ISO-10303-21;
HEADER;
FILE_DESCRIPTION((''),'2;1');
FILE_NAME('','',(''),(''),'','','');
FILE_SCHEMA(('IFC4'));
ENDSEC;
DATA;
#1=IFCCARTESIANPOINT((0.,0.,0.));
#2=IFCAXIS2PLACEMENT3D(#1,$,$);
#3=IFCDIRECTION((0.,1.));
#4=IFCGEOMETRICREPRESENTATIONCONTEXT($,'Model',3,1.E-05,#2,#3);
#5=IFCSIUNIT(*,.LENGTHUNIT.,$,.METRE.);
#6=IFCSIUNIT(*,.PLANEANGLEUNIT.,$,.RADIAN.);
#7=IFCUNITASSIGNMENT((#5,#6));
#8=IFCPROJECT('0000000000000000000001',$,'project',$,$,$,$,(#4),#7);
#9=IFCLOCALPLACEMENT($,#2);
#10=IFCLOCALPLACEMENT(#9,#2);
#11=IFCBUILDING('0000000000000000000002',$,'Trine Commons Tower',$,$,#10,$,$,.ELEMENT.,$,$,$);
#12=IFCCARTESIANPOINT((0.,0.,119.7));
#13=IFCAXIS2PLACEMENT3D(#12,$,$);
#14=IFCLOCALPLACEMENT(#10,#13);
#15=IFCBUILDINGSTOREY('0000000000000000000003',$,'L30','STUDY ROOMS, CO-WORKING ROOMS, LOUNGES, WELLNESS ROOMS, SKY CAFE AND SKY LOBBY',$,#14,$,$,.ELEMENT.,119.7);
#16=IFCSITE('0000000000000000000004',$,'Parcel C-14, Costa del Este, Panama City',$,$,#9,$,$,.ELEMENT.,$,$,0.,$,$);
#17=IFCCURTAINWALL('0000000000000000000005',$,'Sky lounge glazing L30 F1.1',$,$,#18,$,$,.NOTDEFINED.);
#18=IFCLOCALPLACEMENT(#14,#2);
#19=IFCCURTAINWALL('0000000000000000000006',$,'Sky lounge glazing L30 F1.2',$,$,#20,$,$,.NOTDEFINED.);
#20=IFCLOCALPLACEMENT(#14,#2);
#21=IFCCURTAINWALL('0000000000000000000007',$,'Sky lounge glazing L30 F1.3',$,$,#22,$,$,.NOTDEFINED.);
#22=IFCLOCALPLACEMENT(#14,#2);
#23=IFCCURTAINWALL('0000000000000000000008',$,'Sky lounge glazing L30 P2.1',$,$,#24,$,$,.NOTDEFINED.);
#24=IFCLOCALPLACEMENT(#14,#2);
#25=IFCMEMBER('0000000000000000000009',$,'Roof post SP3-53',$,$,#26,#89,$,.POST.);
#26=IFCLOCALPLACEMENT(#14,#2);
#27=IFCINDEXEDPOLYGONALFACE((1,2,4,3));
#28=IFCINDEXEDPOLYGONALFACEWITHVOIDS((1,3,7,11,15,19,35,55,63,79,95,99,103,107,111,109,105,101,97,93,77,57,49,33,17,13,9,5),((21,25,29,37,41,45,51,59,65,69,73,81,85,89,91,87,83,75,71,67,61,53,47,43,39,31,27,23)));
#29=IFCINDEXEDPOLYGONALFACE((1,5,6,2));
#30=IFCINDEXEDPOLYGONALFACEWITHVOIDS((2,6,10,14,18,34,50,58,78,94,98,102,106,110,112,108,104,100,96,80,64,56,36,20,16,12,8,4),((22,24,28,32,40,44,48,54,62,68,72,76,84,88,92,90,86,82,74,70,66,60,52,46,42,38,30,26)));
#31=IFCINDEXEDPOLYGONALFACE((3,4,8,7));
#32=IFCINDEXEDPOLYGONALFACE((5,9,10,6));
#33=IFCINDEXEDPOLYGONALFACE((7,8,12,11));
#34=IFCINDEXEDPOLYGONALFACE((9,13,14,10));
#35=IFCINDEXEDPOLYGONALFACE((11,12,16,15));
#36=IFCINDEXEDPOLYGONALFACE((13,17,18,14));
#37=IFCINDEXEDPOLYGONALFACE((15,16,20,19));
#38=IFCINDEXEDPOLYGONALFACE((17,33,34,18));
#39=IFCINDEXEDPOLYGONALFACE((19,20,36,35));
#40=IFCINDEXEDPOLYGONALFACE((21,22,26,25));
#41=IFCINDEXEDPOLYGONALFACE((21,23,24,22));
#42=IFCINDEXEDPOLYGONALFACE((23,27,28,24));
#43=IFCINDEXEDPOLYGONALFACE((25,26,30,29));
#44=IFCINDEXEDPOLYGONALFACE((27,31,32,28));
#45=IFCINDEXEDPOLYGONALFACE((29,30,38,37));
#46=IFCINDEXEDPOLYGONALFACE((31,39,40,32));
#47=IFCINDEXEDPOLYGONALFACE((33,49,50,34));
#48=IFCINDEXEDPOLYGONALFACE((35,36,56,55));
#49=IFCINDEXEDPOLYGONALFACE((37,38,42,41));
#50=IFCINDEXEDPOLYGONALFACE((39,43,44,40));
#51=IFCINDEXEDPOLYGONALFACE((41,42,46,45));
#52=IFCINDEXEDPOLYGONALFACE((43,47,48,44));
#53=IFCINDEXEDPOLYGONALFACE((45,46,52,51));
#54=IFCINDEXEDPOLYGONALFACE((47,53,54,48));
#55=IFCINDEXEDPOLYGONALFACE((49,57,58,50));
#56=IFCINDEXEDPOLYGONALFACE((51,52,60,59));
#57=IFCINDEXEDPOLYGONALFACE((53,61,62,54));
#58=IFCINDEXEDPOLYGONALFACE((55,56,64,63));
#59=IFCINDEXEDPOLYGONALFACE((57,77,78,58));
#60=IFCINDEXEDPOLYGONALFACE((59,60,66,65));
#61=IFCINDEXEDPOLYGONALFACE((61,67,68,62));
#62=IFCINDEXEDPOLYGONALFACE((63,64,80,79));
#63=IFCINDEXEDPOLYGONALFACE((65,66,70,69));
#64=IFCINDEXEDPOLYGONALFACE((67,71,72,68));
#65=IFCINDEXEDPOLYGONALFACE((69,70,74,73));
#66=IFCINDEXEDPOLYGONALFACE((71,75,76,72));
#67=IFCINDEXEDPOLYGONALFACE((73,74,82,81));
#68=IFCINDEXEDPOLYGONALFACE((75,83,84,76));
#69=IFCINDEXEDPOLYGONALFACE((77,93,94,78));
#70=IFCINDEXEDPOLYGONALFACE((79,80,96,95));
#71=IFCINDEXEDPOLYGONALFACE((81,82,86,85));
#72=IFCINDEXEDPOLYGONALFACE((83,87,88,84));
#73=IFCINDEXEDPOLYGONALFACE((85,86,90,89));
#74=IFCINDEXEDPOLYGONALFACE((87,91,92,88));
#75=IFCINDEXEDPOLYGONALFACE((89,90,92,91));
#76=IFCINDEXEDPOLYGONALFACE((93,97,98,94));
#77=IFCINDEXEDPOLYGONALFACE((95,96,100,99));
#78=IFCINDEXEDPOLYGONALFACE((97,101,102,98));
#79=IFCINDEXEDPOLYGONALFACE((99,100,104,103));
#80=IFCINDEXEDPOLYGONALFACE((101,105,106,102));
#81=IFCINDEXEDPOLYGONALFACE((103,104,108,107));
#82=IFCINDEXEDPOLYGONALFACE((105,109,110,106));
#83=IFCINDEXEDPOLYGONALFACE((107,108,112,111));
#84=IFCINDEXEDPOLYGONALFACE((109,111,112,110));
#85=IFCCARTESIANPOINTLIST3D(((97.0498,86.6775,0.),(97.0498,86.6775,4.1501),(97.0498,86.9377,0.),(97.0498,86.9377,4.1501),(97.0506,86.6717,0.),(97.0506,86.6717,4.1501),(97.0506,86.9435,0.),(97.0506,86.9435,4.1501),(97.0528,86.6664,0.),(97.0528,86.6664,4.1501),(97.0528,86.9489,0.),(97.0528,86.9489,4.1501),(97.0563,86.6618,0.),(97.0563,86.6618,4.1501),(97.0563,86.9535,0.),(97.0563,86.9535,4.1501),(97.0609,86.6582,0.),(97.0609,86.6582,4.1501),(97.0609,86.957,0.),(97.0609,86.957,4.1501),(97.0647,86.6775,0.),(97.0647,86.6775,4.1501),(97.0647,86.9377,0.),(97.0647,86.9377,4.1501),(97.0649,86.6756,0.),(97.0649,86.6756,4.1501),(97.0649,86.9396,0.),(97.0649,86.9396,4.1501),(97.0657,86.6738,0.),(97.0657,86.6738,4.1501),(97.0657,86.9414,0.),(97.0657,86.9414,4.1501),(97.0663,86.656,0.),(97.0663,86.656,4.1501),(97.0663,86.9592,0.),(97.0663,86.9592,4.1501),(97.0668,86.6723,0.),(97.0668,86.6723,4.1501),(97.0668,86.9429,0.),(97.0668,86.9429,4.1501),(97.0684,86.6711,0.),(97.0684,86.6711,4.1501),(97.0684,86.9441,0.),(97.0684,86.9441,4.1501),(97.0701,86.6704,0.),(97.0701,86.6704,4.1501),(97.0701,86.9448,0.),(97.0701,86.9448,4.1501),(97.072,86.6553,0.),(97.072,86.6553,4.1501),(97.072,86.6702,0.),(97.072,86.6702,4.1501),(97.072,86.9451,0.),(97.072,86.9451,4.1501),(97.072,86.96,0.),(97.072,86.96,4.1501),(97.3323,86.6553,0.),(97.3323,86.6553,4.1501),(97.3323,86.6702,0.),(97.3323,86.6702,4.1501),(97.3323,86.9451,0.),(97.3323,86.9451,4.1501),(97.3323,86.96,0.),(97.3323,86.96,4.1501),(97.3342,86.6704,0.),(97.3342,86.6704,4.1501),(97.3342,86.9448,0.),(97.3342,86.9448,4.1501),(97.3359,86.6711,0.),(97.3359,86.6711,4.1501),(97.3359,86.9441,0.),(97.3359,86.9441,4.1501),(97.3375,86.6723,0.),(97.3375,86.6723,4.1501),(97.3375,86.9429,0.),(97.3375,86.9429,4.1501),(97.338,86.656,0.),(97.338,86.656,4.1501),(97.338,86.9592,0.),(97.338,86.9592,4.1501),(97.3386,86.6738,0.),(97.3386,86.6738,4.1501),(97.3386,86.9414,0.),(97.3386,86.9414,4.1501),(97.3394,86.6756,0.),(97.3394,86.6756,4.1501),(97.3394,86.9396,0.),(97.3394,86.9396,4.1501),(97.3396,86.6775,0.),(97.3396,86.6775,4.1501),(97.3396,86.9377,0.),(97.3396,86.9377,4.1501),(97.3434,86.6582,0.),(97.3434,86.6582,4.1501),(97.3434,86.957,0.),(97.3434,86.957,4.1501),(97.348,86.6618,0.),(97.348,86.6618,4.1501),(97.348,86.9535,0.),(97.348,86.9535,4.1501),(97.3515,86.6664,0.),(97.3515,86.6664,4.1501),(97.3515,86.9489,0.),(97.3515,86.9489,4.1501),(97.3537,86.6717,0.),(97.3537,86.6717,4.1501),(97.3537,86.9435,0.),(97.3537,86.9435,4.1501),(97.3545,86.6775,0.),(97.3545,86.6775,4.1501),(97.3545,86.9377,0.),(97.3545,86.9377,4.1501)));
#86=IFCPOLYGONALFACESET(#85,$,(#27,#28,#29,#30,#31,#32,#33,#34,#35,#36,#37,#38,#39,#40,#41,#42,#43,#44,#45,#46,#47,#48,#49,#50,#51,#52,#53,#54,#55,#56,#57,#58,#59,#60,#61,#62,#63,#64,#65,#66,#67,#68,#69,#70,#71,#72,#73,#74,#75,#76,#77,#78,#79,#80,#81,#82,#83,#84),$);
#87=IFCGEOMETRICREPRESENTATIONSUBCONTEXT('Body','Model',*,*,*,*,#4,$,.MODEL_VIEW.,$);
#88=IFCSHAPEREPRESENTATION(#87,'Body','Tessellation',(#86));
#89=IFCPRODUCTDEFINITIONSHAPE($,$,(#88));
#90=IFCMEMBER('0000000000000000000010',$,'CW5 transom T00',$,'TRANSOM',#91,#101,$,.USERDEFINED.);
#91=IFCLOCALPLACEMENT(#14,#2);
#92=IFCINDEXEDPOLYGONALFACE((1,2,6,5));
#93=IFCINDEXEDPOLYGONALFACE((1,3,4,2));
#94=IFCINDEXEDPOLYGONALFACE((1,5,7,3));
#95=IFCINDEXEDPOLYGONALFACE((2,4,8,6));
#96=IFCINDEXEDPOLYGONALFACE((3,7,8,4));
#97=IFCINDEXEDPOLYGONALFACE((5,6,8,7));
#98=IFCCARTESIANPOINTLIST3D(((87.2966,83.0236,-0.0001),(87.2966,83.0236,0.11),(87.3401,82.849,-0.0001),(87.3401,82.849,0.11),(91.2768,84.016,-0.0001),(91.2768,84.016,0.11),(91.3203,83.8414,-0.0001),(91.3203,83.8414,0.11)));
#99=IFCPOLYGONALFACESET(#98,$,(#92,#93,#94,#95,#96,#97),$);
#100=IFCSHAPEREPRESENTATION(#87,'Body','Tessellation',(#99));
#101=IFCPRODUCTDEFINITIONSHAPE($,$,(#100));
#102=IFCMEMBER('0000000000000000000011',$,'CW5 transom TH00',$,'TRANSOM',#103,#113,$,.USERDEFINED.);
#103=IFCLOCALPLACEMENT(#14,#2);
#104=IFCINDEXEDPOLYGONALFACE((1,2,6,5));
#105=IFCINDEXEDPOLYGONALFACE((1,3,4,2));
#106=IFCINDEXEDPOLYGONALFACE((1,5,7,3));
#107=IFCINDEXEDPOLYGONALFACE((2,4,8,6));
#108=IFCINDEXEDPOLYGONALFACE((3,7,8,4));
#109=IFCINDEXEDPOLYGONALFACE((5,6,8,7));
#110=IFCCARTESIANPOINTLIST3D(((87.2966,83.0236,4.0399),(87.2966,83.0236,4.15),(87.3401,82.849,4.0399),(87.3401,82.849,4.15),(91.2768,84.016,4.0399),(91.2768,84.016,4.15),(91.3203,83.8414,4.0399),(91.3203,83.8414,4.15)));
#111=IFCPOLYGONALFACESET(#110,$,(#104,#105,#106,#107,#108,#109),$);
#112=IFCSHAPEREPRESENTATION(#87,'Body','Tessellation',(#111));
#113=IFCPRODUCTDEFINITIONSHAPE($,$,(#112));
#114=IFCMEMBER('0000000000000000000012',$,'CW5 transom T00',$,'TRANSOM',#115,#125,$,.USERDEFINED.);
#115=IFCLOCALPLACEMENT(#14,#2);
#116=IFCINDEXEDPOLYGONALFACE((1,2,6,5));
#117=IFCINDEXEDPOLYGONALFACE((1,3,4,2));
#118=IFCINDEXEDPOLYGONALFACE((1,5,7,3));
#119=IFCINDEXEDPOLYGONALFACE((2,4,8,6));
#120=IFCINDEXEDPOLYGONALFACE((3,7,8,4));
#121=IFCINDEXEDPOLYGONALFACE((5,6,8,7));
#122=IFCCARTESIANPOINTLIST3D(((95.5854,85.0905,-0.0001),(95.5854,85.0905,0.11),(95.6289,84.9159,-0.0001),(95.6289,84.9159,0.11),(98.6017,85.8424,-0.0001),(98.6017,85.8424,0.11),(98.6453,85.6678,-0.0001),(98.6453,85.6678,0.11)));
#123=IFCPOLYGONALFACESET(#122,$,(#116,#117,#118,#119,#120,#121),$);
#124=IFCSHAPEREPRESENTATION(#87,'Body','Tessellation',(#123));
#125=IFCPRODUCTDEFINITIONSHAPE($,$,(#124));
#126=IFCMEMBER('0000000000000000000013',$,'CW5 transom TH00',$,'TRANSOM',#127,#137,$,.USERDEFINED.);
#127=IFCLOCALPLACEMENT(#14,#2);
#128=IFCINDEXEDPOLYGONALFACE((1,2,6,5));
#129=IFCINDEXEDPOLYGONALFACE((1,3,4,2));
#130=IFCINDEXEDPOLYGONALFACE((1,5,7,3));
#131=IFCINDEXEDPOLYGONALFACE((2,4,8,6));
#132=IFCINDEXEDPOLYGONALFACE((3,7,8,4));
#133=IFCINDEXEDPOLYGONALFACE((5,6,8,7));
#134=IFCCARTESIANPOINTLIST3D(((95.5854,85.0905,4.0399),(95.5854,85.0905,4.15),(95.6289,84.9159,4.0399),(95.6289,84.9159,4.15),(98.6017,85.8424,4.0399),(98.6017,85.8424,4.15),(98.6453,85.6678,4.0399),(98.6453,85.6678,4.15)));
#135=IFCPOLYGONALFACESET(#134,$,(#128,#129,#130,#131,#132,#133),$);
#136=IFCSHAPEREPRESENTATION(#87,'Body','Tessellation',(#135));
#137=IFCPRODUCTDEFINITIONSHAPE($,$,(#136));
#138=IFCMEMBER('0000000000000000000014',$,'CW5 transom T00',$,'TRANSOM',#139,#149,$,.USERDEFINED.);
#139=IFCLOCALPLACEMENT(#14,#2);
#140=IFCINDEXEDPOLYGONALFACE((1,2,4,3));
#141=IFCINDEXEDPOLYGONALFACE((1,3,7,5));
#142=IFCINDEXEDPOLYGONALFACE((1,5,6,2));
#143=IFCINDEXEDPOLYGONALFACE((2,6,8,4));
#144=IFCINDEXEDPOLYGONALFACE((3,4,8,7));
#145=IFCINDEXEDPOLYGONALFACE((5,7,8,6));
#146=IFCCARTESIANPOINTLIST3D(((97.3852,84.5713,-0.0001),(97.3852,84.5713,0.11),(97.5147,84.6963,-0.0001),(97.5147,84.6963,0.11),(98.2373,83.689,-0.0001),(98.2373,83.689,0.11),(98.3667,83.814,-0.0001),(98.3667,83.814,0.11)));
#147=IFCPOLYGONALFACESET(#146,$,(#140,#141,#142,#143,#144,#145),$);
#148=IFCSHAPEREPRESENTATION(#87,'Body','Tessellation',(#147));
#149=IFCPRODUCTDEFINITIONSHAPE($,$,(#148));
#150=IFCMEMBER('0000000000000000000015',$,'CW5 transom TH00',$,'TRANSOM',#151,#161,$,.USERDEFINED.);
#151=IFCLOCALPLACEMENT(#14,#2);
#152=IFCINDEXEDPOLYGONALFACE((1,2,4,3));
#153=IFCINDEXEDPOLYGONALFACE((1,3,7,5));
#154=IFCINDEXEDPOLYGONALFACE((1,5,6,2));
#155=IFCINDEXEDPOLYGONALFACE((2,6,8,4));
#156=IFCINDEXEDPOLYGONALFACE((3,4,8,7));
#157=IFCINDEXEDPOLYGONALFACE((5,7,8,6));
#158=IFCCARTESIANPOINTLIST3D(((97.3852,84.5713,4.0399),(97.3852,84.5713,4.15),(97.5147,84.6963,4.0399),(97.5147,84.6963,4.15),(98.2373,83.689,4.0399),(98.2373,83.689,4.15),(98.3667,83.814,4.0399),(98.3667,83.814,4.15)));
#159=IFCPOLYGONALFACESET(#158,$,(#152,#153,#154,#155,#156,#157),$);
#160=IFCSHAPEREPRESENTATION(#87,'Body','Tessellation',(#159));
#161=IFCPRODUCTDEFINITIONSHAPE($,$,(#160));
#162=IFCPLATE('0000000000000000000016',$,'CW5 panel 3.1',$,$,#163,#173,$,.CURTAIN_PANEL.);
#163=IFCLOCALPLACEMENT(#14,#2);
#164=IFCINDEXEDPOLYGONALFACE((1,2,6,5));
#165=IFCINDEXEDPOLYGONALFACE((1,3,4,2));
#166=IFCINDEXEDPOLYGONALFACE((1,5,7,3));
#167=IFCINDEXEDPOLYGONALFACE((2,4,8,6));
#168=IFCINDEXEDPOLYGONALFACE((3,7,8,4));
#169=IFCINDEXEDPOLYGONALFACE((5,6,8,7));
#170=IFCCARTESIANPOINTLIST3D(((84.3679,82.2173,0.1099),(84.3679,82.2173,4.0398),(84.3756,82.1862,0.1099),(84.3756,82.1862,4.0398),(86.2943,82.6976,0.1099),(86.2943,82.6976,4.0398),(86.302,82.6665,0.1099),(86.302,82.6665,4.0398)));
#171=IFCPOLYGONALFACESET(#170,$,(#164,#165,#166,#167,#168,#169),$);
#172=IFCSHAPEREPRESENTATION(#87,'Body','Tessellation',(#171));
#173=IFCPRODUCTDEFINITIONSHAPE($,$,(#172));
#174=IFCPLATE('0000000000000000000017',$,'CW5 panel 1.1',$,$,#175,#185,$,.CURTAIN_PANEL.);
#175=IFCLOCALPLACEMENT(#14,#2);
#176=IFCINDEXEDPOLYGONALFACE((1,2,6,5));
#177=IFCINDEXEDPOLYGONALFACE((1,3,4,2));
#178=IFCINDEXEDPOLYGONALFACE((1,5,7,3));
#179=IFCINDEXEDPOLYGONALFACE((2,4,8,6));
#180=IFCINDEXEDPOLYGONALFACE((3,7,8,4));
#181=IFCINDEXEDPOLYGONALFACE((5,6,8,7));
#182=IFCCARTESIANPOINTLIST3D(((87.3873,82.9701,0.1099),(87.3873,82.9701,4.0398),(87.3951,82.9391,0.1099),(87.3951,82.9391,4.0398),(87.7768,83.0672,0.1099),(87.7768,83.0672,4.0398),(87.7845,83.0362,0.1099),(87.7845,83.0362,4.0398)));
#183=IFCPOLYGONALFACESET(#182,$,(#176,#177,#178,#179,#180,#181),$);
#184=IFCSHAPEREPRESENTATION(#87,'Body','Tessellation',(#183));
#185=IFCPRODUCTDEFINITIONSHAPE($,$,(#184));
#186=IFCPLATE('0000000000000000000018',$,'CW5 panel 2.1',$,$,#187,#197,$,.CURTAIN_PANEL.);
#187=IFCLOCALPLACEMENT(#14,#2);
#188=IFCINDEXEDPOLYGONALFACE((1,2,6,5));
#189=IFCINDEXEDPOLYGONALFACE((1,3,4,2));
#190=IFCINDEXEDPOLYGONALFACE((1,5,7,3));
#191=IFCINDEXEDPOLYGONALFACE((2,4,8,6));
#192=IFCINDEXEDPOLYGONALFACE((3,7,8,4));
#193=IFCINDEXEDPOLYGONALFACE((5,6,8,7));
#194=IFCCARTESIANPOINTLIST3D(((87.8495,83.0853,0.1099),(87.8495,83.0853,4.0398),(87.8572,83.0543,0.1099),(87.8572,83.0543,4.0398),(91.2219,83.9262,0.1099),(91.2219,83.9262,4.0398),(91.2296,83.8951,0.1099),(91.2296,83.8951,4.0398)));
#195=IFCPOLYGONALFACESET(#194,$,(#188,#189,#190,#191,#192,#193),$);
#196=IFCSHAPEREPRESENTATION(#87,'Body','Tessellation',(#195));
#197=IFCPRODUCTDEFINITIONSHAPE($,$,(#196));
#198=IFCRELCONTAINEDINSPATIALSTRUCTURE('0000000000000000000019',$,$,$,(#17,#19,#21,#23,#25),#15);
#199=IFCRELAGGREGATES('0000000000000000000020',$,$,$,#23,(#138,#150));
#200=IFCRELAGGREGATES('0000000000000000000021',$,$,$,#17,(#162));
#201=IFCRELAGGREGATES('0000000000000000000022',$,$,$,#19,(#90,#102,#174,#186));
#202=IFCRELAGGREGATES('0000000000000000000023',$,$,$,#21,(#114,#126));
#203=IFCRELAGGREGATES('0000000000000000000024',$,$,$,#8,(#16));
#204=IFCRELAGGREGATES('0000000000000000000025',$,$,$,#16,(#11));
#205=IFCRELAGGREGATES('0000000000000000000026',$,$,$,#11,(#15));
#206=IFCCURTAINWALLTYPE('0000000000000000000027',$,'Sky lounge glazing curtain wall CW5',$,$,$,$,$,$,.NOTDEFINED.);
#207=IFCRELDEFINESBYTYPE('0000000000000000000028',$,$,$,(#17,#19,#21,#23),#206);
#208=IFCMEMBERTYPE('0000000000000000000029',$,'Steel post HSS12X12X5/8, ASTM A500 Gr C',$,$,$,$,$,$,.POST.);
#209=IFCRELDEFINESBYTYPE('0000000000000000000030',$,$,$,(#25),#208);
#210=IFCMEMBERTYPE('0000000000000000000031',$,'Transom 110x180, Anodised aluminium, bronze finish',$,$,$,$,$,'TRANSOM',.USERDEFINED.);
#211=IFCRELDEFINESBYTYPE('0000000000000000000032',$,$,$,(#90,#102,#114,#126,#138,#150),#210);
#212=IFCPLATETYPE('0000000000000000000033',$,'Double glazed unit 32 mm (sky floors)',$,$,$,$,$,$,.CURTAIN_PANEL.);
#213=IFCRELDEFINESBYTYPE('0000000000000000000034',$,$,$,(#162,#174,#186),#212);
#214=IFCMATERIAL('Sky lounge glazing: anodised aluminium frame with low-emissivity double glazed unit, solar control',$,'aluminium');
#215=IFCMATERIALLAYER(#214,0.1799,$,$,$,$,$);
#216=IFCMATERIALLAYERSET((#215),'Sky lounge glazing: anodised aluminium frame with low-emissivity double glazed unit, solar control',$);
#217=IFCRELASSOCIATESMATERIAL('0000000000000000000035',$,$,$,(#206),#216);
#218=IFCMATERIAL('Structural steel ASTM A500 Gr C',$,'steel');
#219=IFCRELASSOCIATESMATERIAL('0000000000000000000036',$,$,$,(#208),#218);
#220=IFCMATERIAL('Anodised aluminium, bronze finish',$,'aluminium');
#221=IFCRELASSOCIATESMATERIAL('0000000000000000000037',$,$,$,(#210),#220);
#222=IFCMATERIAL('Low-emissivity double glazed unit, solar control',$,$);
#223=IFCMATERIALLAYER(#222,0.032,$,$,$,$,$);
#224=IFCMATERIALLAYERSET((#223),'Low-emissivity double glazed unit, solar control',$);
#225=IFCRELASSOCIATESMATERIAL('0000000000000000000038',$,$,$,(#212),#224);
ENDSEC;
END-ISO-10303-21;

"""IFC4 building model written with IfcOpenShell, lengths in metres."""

from ifc_helpers import new_model, si_unit, direction, frame, origin, origin_2d, place, context, subcontext, project, spatial, rectangle, hollow_rectangle, extrude, material, layer, layer_set, material_profile, profile_set, type_object, element, aggregate, save


model = new_model("IFC4")

# Units and contexts
model_context = context("Model", 3, precision=1e-05, world=origin(), true_north=direction((0.0, 1.0)))
body_context = subcontext(model_context, "Body", "Model", "MODEL_VIEW")
ifc_project = project(units=[si_unit("LENGTHUNIT", "METRE"), si_unit("PLANEANGLEUNIT", "RADIAN")], contexts=[model_context])

# Site, building, storey
site_placement = place(None, origin())
site = spatial("IfcSite", under=ifc_project, at=site_placement, Name="Parcel C-14, Costa del Este, Panama City", CompositionType="ELEMENT", RefElevation=0.0)
building_placement = place(site_placement, origin())
building = spatial("IfcBuilding", under=site, at=building_placement, Name="Trine Commons Tower", CompositionType="ELEMENT")
storey_placement = place(building_placement, frame((0.0, 0.0, 119.7)))
storey = spatial("IfcBuildingStorey", under=building, at=storey_placement, Name="L30", Description="STUDY ROOMS, CO-WORKING ROOMS, LOUNGES, WELLNESS ROOMS, SKY CAFE AND SKY LOBBY", CompositionType="ELEMENT", Elevation=119.7)

# Curtain wall
ifc_material_1 = material(Name="Sky lounge glazing: anodised aluminium frame with low-emissivity double glazed unit, solar control", Category="aluminium")
ifc_layer_1 = layer(ifc_material_1, 0.1799)
ifc_layer_set_1 = layer_set([ifc_layer_1], Name="Sky lounge glazing: anodised aluminium frame with low-emissivity double glazed unit, solar control")
curtain_wall_type = type_object("IfcCurtainWallType", Name="Sky lounge glazing curtain wall CW5", PredefinedType="NOTDEFINED", material=ifc_layer_set_1)
curtain_wall_1_placement = place(storey_placement, origin())
curtain_wall_1 = element("IfcCurtainWall", 1, at=curtain_wall_1_placement, inside=storey, type_object=curtain_wall_type, Name="Sky lounge glazing L30 F1.1", PredefinedType="NOTDEFINED")
ifc_material_2 = material(Name="Anodised aluminium, bronze finish", Category="aluminium")

# Curtain wall
curtain_wall_2_placement = place(storey_placement, origin())
curtain_wall_2 = element("IfcCurtainWall", 2, at=curtain_wall_2_placement, inside=storey, type_object=curtain_wall_type, Name="Sky lounge glazing L30 F1.2", PredefinedType="NOTDEFINED")

# Curtain walls
curtain_wall_3_placement = place(storey_placement, origin())
curtain_wall_3 = element("IfcCurtainWall", 3, at=curtain_wall_3_placement, inside=storey, type_object=curtain_wall_type, Name="Sky lounge glazing L30 F1.3", PredefinedType="NOTDEFINED")
curtain_wall_4_placement = place(storey_placement, origin())
curtain_wall_4 = element("IfcCurtainWall", 4, at=curtain_wall_4_placement, inside=storey, type_object=curtain_wall_type, Name="Sky lounge glazing L30 P2.1", PredefinedType="NOTDEFINED")

# Member
ifc_material_3 = material(Name="Structural steel ASTM A500 Gr C", Category="steel")
ifc_material_profile_1 = material_profile(ifc_material_3, hollow_rectangle(XDim=0.3047, YDim=0.3047, WallThickness=0.0149, InnerFilletRadius=0.0073, OuterFilletRadius=0.0222, at=origin_2d()), Name="HSS12X12X5/8")
ifc_profile_set_1 = profile_set([ifc_material_profile_1], Name="Structural steel ASTM A500 Gr C")
member_type_1 = type_object("IfcMemberType", Name="Steel post HSS12X12X5/8, ASTM A500 Gr C", PredefinedType="POST", material=ifc_profile_set_1)
member_1_placement = place(storey_placement, frame((97.2021, 86.8076, 0.0), z_axis=(0.0, 0.0, 1.0), x_axis=(1.0, 0.0, 0.0)))
element("IfcMember", 5, at=member_1_placement, inside=storey, type_object=member_type_1, Name="Roof post SP3-53", PredefinedType="POST", context=body_context, shape_type="SweptSolid", body=[
    extrude(hollow_rectangle(XDim=0.3047, YDim=0.3047, WallThickness=0.0149, InnerFilletRadius=0.0073, OuterFilletRadius=0.0222, at=origin_2d()), origin(), (0.0, 0.0, 1.0), 4.1501),
])

# Members
ifc_material_profile_2 = material_profile(ifc_material_2, rectangle(XDim=0.1799, YDim=0.1101, at=origin_2d()), Name="Transom 110x180")
ifc_profile_set_2 = profile_set([ifc_material_profile_2], Name="Anodised aluminium, bronze finish")
member_type_2 = type_object("IfcMemberType", Name="Transom 110x180, Anodised aluminium, bronze finish", ElementType="TRANSOM", PredefinedType="USERDEFINED", material=ifc_profile_set_2)
member_2_placement = place(storey_placement, frame((87.3184, 82.9363, 0.0549), z_axis=(0.970293, 0.241933, 0.0), x_axis=(-0.241933, 0.970293, 0.0)))
member_2 = element("IfcMember", 6, at=member_2_placement, type_object=member_type_2, Name="CW5 transom T00", ObjectType="TRANSOM", PredefinedType="USERDEFINED", context=body_context, shape_type="SweptSolid", body=[
    extrude(rectangle(XDim=0.1799, YDim=0.1101, at=origin_2d()), origin(), (0.0, 0.0, 1.0), 4.1021),
])
member_3_placement = place(storey_placement, frame((87.3184, 82.9363, 4.095), z_axis=(0.970293, 0.241933, 0.0), x_axis=(-0.241933, 0.970293, 0.0)))
member_3 = element("IfcMember", 7, at=member_3_placement, type_object=member_type_2, Name="CW5 transom TH00", ObjectType="TRANSOM", PredefinedType="USERDEFINED", context=body_context, shape_type="SweptSolid", body=[
    extrude(rectangle(XDim=0.1799, YDim=0.1101, at=origin_2d()), origin(), (0.0, 0.0, 1.0), 4.1021),
])
member_4_placement = place(storey_placement, frame((95.6072, 85.0032, 0.0549), z_axis=(0.970304, 0.241889, 0.0), x_axis=(-0.241889, 0.970304, 0.0)))
member_4 = element("IfcMember", 8, at=member_4_placement, type_object=member_type_2, Name="CW5 transom T00", ObjectType="TRANSOM", PredefinedType="USERDEFINED", context=body_context, shape_type="SweptSolid", body=[
    extrude(rectangle(XDim=0.1799, YDim=0.1101, at=origin_2d()), origin(), (0.0, 0.0, 1.0), 3.1086),
])
member_5_placement = place(storey_placement, frame((95.6072, 85.0032, 4.095), z_axis=(0.970304, 0.241889, 0.0), x_axis=(-0.241889, 0.970304, 0.0)))
member_5 = element("IfcMember", 9, at=member_5_placement, type_object=member_type_2, Name="CW5 transom TH00", ObjectType="TRANSOM", PredefinedType="USERDEFINED", context=body_context, shape_type="SweptSolid", body=[
    extrude(rectangle(XDim=0.1799, YDim=0.1101, at=origin_2d()), origin(), (0.0, 0.0, 1.0), 3.1086),
])
member_6_placement = place(storey_placement, frame((97.45, 84.6338, 0.0549), z_axis=(0.694658, -0.71934, 0.0), x_axis=(0.71934, 0.694658, 0.0)))
member_6 = element("IfcMember", 10, at=member_6_placement, type_object=member_type_2, Name="CW5 transom T00", ObjectType="TRANSOM", PredefinedType="USERDEFINED", context=body_context, shape_type="SweptSolid", body=[
    extrude(rectangle(XDim=0.1799, YDim=0.1101, at=origin_2d()), origin(), (0.0, 0.0, 1.0), 1.2266),
])
member_7_placement = place(storey_placement, frame((97.45, 84.6338, 4.095), z_axis=(0.694658, -0.71934, 0.0), x_axis=(0.71934, 0.694658, 0.0)))
member_7 = element("IfcMember", 11, at=member_7_placement, type_object=member_type_2, Name="CW5 transom TH00", ObjectType="TRANSOM", PredefinedType="USERDEFINED", context=body_context, shape_type="SweptSolid", body=[
    extrude(rectangle(XDim=0.1799, YDim=0.1101, at=origin_2d()), origin(), (0.0, 0.0, 1.0), 1.2266),
])
aggregate(curtain_wall_4, [member_6, member_7])

# Plates
ifc_material_4 = material(Name="Low-emissivity double glazed unit, solar control")
ifc_layer_2 = layer(ifc_material_4, 0.032)
ifc_layer_set_2 = layer_set([ifc_layer_2], Name="Low-emissivity double glazed unit, solar control")
plate_type = type_object("IfcPlateType", Name="Double glazed unit 32 mm (sky floors)", PredefinedType="CURTAIN_PANEL", material=ifc_layer_set_2)
plate_1_placement = place(storey_placement, frame((85.335, 82.4419, 0.1099), z_axis=(0.0, 0.0, 1.0), x_axis=(0.970296, 0.241922, 0.0)))
plate_1 = element("IfcPlate", 12, at=plate_1_placement, type_object=plate_type, Name="CW5 panel 3.1", PredefinedType="CURTAIN_PANEL", context=body_context, shape_type="SweptSolid", body=[
    extrude(rectangle(XDim=1.9854, YDim=0.032, at=origin_2d()), origin(), (0.0, 0.0, 1.0), 3.9299),
])
aggregate(curtain_wall_1, [plate_1])
plate_2_placement = place(storey_placement, frame((87.5859, 83.0032, 0.1099), z_axis=(0.0, 0.0, 1.0), x_axis=(0.970296, 0.241922, 0.0)))
plate_2 = element("IfcPlate", 13, at=plate_2_placement, type_object=plate_type, Name="CW5 panel 1.1", PredefinedType="CURTAIN_PANEL", context=body_context, shape_type="SweptSolid", body=[
    extrude(rectangle(XDim=0.4014, YDim=0.032, at=origin_2d()), origin(), (0.0, 0.0, 1.0), 3.9299),
])
plate_3_placement = place(storey_placement, frame((89.5396, 83.4902, 0.1099), z_axis=(0.0, 0.0, 1.0), x_axis=(0.970296, 0.241922, 0.0)))
plate_3 = element("IfcPlate", 14, at=plate_3_placement, type_object=plate_type, Name="CW5 panel 2.1", PredefinedType="CURTAIN_PANEL", context=body_context, shape_type="SweptSolid", body=[
    extrude(rectangle(XDim=3.4756, YDim=0.032, at=origin_2d()), origin(), (0.0, 0.0, 1.0), 3.9299),
])
aggregate(curtain_wall_2, [member_2, member_3, plate_2, plate_3])
aggregate(curtain_wall_3, [member_4, member_5])

save(model, "model.ifc")
